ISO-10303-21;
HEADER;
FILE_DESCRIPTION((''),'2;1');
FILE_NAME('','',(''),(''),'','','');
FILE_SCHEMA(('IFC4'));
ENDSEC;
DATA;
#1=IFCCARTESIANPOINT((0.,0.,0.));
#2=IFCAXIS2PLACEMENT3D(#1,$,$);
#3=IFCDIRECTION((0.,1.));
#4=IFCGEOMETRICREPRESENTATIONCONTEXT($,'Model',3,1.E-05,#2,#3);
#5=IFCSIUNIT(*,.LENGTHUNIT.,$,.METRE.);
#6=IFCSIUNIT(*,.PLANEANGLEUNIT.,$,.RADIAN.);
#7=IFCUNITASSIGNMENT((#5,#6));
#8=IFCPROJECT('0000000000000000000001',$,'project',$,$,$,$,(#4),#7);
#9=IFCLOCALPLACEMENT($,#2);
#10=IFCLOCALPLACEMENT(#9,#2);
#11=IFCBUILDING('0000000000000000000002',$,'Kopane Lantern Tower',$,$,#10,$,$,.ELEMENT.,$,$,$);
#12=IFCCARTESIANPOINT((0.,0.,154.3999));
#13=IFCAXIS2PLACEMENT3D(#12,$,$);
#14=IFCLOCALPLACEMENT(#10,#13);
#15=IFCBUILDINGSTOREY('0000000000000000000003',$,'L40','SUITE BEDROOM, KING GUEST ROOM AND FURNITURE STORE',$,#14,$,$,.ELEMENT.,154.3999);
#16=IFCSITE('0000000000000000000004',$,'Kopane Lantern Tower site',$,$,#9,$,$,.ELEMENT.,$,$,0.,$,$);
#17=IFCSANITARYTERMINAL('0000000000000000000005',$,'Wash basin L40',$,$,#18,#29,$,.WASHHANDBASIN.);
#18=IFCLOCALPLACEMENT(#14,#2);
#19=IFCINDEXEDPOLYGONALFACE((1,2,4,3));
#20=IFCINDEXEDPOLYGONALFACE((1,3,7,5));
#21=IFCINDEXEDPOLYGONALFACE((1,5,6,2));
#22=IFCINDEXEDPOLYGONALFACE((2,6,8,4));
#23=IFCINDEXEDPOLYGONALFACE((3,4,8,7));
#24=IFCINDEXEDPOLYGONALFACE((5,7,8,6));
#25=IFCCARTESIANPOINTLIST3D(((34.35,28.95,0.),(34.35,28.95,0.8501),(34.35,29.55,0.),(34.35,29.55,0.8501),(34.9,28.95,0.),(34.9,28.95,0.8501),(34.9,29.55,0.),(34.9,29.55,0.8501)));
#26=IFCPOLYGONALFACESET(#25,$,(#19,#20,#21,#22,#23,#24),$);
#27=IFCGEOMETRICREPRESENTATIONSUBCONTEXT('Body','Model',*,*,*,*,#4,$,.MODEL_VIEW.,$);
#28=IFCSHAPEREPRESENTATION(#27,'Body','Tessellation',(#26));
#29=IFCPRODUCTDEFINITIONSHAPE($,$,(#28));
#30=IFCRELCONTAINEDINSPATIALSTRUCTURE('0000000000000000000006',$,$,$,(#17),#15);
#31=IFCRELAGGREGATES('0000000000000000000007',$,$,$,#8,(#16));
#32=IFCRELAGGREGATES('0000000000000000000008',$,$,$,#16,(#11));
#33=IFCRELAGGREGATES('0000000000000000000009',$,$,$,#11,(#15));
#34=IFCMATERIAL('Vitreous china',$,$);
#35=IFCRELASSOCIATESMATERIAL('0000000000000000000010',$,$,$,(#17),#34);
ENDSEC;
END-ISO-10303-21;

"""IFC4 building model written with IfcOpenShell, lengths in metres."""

from ifc_helpers import new_model, si_unit, direction, frame, origin, origin_2d, place, context, subcontext, project, spatial, rectangle, extrude, material, element, save


model = new_model("IFC4")

# Units and contexts
model_context = context("Model", 3, precision=1e-05, world=origin(), true_north=direction((0.0, 1.0)))
body_context = subcontext(model_context, "Body", "Model", "MODEL_VIEW")
ifc_project = project(units=[si_unit("LENGTHUNIT", "METRE"), si_unit("PLANEANGLEUNIT", "RADIAN")], contexts=[model_context])

# Site, building, storey
site_placement = place(None, origin())
site = spatial("IfcSite", under=ifc_project, at=site_placement, Name="Kopane Lantern Tower site", CompositionType="ELEMENT", RefElevation=0.0)
building_placement = place(site_placement, origin())
building = spatial("IfcBuilding", under=site, at=building_placement, Name="Kopane Lantern Tower", CompositionType="ELEMENT")
storey_placement = place(building_placement, frame((0.0, 0.0, 154.3999)))
storey = spatial("IfcBuildingStorey", under=building, at=storey_placement, Name="L40", Description="SUITE BEDROOM, KING GUEST ROOM AND FURNITURE STORE", CompositionType="ELEMENT", Elevation=154.3999)

# Sanitary terminal
ifc_material_1 = material(Name="Vitreous china")
sanitary_terminal_1_placement = place(storey_placement, frame((34.625, 29.25, 0.0), z_axis=(0.0, 0.0, 1.0), x_axis=(1.0, 0.0, 0.0)))
element("IfcSanitaryTerminal", 1, at=sanitary_terminal_1_placement, inside=storey, material=ifc_material_1, Name="Wash basin L40", PredefinedType="WASHHANDBASIN", context=body_context, shape_type="SweptSolid", body=[
    extrude(rectangle(XDim=0.55, YDim=0.6001, at=origin_2d()), origin(), (0.0, 0.0, 1.0), 0.8501),
])

save(model, "model.ifc")
